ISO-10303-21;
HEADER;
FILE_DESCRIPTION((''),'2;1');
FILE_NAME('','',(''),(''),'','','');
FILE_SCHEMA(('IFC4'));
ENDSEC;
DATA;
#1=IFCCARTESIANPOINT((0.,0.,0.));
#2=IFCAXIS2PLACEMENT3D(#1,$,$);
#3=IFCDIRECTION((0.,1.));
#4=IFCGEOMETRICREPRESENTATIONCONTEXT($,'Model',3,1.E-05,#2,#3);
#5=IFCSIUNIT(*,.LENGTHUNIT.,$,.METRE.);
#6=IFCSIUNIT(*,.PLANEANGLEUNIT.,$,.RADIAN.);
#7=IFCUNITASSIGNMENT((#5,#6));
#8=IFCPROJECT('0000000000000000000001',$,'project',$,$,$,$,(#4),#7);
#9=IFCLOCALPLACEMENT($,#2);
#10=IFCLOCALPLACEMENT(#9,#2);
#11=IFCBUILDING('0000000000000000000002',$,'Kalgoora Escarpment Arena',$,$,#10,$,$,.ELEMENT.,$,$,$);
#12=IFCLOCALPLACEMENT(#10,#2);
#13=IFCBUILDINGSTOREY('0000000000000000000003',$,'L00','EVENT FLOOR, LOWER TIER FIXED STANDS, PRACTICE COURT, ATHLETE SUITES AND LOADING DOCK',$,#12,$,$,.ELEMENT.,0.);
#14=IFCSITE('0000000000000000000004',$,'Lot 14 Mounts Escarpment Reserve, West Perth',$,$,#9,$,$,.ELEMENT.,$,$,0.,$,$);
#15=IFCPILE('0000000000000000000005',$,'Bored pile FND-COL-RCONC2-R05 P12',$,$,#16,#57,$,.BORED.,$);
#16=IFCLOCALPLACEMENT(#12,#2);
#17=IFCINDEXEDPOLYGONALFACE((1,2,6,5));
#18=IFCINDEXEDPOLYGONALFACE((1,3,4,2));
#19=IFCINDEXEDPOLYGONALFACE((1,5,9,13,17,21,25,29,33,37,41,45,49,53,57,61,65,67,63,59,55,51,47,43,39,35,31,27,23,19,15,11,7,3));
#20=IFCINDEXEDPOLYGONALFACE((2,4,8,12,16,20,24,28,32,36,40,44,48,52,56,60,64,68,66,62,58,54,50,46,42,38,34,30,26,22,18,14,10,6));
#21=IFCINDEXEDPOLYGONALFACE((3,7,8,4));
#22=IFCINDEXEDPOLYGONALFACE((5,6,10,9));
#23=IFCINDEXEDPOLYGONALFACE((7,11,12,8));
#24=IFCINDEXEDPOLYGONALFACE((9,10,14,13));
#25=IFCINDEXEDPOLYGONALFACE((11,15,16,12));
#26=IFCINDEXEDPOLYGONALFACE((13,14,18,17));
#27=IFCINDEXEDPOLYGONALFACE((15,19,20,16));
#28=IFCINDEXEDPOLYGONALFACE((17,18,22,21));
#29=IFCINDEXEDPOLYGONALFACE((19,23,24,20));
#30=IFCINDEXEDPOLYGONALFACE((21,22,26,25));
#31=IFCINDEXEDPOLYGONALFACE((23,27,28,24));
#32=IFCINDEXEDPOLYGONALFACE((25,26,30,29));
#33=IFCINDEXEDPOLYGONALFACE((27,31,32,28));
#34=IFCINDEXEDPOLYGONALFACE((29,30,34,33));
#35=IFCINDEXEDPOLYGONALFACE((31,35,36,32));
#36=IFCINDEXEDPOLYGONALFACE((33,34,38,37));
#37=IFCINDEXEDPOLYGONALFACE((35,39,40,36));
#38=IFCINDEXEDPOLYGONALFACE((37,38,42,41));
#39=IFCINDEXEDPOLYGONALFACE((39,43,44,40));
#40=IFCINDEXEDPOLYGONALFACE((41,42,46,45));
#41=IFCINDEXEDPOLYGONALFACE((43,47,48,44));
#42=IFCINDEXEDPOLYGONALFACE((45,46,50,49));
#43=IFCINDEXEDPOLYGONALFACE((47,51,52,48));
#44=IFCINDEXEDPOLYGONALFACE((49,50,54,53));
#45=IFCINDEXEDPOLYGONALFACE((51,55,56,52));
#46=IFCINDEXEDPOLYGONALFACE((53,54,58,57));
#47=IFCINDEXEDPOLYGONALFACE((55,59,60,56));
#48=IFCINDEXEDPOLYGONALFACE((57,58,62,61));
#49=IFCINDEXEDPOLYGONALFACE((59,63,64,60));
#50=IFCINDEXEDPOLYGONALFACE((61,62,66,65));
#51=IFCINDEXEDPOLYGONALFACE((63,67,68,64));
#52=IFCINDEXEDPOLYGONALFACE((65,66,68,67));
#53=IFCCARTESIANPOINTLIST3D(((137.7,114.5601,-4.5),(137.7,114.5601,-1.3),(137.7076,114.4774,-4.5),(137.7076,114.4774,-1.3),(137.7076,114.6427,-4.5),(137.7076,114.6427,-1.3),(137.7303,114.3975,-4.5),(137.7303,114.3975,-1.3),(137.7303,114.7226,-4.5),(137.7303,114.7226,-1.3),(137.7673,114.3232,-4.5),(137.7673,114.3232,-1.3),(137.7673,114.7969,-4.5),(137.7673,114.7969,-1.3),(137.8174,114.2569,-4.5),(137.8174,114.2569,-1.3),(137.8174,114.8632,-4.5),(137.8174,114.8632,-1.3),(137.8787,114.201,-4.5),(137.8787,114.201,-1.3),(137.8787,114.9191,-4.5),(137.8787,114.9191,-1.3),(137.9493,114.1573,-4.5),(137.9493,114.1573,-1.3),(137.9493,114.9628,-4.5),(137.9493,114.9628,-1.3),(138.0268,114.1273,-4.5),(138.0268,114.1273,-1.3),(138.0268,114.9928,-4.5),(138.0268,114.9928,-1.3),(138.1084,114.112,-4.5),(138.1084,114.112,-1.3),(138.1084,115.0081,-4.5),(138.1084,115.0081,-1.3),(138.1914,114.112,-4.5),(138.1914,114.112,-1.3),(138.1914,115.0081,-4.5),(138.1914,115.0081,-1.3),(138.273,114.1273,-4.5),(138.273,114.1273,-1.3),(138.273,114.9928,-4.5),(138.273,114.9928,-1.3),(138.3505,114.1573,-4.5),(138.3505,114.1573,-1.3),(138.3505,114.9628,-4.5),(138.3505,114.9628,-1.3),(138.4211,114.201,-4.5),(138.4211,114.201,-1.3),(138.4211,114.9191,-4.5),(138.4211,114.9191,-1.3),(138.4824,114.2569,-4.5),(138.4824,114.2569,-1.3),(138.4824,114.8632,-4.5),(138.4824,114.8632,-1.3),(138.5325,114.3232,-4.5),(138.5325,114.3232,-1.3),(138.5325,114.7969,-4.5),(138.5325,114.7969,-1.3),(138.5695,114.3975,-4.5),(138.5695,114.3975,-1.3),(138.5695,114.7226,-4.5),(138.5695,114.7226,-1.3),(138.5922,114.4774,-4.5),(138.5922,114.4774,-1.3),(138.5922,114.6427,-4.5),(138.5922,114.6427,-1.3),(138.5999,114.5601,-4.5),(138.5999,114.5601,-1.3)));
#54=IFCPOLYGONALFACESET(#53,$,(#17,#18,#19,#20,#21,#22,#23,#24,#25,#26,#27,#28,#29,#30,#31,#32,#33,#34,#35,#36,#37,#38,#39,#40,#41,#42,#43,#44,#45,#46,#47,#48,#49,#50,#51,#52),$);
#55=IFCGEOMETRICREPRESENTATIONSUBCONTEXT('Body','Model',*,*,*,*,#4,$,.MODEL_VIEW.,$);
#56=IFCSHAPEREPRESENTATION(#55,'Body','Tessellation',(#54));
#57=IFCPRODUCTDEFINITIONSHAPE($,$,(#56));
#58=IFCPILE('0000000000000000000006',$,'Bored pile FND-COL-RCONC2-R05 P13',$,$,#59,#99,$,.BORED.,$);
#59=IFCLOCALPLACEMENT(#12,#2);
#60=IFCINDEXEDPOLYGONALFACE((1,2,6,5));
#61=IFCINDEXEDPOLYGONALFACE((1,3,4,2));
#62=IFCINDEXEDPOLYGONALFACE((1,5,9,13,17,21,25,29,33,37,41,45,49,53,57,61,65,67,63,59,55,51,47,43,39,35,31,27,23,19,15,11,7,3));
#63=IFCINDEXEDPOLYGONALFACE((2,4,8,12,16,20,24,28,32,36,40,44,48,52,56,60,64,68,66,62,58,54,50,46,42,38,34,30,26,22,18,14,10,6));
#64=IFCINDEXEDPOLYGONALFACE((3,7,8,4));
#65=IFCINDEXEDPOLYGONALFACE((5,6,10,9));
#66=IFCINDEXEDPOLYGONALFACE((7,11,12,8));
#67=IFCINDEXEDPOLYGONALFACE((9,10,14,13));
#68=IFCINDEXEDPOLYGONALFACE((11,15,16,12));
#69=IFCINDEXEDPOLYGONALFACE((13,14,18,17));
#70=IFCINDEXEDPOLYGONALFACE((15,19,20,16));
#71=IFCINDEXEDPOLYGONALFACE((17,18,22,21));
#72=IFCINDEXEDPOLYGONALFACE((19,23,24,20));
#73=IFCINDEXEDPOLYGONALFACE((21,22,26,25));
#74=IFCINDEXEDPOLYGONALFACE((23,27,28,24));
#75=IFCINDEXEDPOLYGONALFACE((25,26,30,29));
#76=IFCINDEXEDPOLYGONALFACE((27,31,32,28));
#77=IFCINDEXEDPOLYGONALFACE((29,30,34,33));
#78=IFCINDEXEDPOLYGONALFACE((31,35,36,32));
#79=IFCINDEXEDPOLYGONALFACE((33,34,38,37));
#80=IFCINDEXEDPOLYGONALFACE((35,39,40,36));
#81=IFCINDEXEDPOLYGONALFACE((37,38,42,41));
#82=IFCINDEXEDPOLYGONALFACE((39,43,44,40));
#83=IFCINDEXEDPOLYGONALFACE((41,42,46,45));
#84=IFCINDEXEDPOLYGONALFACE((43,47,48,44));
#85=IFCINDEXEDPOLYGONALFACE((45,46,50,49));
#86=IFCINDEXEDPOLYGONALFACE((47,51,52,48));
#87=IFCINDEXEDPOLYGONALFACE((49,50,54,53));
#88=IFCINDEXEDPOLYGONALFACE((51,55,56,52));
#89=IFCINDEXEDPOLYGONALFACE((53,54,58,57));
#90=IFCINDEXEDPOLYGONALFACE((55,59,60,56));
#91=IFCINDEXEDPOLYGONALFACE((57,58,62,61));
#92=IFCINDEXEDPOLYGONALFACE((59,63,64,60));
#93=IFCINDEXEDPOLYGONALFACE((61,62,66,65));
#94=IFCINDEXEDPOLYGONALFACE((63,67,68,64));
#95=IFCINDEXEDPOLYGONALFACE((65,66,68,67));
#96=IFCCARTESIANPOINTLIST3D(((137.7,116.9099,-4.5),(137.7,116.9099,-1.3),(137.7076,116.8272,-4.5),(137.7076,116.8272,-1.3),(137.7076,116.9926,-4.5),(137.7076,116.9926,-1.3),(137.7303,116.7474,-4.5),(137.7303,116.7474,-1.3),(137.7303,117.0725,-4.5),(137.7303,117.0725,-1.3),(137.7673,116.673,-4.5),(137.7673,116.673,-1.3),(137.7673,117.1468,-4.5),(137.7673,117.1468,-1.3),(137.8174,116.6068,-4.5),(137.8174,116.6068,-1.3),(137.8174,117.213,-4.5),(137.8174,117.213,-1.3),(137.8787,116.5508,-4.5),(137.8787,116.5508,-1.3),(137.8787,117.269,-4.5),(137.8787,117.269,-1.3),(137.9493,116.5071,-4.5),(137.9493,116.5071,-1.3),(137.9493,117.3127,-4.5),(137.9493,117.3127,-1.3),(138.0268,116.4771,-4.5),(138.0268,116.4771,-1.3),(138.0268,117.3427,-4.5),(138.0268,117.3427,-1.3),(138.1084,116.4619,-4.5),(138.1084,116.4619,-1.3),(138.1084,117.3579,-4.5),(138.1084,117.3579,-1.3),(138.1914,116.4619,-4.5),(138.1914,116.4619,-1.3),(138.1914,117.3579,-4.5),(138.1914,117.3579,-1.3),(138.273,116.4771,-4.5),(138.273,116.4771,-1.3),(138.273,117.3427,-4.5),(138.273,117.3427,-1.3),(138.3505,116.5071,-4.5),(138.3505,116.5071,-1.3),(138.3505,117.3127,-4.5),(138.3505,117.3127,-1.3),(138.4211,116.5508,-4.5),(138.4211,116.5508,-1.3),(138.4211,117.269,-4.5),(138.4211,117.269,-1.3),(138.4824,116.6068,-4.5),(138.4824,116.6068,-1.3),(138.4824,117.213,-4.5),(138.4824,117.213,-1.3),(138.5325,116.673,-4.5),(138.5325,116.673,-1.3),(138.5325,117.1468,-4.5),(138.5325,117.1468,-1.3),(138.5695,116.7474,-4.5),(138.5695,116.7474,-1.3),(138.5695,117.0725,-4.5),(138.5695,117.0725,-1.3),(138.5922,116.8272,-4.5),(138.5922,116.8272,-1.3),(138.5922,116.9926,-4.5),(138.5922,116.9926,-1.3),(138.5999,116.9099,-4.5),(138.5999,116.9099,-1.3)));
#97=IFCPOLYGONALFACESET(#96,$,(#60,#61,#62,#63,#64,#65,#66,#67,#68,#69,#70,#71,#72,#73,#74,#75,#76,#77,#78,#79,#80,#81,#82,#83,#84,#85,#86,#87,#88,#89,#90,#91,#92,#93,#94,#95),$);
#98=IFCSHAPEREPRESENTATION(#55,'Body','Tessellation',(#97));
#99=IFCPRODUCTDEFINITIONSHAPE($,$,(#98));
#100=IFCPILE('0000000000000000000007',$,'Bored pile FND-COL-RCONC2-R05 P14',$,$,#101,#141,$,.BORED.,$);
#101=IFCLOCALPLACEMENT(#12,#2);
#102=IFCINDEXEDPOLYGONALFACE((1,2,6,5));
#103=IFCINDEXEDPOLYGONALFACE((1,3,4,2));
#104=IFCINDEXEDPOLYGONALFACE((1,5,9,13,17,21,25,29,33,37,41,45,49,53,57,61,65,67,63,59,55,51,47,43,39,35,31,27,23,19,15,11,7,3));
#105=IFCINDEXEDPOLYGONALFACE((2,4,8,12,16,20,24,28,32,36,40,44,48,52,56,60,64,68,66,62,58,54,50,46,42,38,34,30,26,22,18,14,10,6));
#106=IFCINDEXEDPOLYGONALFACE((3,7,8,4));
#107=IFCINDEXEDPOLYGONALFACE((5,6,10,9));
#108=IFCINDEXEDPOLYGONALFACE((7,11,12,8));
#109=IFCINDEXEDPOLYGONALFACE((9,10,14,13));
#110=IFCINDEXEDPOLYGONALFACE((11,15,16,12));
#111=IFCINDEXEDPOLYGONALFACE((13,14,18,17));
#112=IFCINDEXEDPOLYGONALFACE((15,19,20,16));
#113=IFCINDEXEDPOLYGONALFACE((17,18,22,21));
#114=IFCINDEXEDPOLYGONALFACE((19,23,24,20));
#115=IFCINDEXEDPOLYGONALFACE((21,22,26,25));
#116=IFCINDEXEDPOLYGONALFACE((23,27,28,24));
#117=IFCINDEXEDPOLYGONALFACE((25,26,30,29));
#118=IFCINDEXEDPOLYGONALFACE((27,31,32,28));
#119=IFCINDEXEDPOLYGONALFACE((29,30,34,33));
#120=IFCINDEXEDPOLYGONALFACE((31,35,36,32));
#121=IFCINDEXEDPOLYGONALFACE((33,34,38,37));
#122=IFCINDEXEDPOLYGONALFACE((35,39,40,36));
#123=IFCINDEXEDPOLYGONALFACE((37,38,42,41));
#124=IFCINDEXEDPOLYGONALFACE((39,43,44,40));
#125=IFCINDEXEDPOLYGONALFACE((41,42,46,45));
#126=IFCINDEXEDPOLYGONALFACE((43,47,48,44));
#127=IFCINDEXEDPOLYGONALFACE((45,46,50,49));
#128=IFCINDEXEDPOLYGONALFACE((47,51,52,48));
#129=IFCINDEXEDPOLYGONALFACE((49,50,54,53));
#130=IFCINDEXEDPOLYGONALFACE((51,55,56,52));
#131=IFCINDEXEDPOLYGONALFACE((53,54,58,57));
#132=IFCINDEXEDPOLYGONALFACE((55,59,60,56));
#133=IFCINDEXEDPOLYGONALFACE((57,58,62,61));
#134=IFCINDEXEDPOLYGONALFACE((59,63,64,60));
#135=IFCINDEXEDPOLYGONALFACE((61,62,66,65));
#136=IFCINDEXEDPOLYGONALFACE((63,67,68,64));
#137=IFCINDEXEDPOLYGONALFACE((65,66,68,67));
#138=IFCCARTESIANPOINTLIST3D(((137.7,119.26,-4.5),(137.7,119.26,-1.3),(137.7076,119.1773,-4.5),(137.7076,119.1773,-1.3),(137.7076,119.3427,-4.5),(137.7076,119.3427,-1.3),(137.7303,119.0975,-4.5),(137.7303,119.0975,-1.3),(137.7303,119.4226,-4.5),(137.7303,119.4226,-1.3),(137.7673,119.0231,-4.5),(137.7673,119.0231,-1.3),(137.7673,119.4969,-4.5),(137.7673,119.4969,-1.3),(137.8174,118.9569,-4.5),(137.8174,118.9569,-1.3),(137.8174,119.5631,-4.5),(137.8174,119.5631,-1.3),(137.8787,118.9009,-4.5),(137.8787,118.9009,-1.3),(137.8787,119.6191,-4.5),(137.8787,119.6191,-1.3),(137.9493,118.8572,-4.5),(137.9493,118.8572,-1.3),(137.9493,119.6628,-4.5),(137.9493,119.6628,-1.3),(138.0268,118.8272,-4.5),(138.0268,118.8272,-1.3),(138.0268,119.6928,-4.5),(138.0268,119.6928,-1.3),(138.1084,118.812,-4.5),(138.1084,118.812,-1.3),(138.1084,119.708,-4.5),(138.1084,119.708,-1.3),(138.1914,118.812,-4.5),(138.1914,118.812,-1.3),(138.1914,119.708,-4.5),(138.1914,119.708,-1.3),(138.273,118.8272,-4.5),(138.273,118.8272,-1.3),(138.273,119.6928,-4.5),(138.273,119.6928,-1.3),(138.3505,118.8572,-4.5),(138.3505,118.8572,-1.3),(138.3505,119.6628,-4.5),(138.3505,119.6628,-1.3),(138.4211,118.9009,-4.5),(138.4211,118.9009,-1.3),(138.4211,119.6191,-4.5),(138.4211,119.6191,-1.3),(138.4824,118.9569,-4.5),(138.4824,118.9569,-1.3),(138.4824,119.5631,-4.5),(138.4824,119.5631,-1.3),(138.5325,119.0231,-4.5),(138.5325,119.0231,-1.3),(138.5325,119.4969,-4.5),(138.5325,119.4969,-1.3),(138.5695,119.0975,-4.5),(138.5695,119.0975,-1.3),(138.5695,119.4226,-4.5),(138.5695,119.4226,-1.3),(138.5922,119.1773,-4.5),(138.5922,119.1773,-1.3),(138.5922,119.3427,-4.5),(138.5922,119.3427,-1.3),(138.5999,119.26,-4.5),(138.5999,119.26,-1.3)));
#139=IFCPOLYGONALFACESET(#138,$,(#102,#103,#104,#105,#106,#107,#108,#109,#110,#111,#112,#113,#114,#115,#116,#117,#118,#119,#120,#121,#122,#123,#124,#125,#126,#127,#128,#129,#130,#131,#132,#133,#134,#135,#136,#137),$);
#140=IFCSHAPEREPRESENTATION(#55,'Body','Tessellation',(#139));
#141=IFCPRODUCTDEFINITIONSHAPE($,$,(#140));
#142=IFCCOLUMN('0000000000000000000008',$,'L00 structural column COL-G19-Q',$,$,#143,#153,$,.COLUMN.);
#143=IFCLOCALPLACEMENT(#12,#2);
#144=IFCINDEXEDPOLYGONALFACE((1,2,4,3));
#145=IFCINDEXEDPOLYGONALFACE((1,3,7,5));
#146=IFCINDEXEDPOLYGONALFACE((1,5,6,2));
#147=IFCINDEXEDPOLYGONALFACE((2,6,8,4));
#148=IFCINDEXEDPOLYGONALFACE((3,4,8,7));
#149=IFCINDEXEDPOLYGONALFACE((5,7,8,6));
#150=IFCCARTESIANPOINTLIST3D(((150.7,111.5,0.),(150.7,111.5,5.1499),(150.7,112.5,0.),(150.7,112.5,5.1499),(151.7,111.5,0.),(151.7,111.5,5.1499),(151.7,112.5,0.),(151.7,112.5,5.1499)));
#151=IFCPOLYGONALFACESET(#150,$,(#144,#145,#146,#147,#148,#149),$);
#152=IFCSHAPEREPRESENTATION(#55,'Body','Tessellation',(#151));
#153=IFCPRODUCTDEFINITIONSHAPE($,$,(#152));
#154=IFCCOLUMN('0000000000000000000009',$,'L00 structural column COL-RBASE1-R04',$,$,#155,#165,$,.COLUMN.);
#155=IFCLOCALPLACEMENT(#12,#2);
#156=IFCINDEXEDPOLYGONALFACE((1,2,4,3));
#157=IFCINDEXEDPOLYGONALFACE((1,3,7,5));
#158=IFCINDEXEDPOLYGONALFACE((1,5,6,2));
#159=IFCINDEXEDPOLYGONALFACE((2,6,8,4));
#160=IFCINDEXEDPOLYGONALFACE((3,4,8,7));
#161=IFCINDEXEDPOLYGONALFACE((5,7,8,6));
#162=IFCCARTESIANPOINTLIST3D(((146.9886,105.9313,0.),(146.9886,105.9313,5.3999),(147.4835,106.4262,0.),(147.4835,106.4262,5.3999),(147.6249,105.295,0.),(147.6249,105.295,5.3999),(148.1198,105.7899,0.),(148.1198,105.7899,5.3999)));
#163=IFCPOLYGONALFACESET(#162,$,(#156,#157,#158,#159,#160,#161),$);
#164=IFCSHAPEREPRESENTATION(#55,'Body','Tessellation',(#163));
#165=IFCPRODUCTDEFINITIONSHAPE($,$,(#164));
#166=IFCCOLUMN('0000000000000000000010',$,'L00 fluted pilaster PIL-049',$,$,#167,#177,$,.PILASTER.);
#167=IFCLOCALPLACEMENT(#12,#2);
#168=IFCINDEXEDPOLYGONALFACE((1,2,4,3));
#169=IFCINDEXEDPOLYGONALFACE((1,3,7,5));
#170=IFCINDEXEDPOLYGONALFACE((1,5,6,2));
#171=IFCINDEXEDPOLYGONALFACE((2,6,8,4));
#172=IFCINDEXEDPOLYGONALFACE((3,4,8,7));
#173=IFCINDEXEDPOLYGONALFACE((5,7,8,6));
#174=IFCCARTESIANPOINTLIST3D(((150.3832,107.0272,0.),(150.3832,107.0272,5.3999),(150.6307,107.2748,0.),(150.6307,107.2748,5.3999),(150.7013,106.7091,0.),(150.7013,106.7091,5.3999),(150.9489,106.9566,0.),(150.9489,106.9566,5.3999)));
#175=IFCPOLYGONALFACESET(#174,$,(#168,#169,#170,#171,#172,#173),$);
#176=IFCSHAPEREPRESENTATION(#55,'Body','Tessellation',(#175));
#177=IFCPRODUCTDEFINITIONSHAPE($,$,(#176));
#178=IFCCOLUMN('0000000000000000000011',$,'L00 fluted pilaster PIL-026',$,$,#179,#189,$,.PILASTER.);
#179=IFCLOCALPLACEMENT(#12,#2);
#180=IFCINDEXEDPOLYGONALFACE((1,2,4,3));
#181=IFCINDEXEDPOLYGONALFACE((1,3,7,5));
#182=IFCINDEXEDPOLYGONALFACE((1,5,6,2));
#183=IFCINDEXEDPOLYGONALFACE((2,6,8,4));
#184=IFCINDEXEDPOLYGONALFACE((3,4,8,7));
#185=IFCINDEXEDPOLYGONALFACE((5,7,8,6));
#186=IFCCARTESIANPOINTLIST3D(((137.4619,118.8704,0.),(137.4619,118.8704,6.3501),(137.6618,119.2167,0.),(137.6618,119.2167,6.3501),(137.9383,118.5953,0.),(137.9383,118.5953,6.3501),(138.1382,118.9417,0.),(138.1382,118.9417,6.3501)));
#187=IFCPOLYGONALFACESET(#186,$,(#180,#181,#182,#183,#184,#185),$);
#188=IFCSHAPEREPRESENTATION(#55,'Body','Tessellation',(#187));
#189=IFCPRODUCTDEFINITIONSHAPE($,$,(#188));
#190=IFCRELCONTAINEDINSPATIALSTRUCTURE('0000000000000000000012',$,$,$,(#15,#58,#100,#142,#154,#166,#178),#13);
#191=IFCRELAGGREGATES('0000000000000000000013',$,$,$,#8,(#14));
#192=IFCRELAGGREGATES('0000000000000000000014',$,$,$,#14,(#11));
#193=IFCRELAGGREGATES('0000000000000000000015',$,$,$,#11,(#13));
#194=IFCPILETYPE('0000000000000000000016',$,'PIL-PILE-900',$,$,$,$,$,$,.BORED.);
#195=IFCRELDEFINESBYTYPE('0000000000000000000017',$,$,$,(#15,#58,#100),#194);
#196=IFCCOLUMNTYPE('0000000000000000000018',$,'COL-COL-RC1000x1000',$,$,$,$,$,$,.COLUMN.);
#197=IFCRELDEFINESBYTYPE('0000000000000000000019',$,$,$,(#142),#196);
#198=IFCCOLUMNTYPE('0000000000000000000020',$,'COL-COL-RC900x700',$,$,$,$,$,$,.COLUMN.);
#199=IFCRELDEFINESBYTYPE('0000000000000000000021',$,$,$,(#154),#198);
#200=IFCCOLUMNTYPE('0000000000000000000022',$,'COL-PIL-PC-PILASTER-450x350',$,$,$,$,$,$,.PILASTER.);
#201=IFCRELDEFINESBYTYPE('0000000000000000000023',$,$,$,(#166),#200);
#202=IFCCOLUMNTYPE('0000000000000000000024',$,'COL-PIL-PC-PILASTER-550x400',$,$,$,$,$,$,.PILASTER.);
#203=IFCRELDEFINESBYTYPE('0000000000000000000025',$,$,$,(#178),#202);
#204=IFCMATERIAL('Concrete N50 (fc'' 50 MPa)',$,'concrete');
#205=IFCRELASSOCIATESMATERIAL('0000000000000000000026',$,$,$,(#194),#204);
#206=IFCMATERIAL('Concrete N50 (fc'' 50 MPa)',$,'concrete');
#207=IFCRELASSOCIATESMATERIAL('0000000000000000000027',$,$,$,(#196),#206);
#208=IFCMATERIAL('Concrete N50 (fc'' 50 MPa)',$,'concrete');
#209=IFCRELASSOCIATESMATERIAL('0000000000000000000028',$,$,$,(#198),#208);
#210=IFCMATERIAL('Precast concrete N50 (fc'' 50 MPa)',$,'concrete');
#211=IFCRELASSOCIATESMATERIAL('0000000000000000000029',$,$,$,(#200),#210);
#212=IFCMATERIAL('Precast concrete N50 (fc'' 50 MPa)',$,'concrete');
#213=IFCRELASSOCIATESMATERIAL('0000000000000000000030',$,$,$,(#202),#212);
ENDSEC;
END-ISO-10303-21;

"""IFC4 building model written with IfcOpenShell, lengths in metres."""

from ifc_helpers import new_model, si_unit, direction, frame, origin, origin_2d, place, context, subcontext, project, spatial, rectangle, circle, extrude, material, material_profile, profile_set, type_object, element, save


model = new_model("IFC4")

# Units and contexts
model_context = context("Model", 3, precision=1e-05, world=origin(), true_north=direction((0.0, 1.0)))
body_context = subcontext(model_context, "Body", "Model", "MODEL_VIEW")
ifc_project = project(units=[si_unit("LENGTHUNIT", "METRE"), si_unit("PLANEANGLEUNIT", "RADIAN")], contexts=[model_context])

# Site, building, storey
site_placement = place(None, origin())
site = spatial("IfcSite", under=ifc_project, at=site_placement, Name="Lot 14 Mounts Escarpment Reserve, West Perth", CompositionType="ELEMENT", RefElevation=0.0)
building_placement = place(site_placement, origin())
building = spatial("IfcBuilding", under=site, at=building_placement, Name="Kalgoora Escarpment Arena", CompositionType="ELEMENT")
storey_placement = place(building_placement, origin())
storey = spatial("IfcBuildingStorey", under=building, at=storey_placement, Name="L00", Description="EVENT FLOOR, LOWER TIER FIXED STANDS, PRACTICE COURT, ATHLETE SUITES AND LOADING DOCK", CompositionType="ELEMENT", Elevation=0.0)

# Piles
ifc_material_1 = material(Name="Concrete N50 (fc' 50 MPa)", Category="concrete")
ifc_material_profile_1 = material_profile(ifc_material_1, circle(Radius=0.45, at=origin_2d()))
ifc_profile_set_1 = profile_set([ifc_material_profile_1], Name="Concrete N50 (fc' 50 MPa)")
pile_type_1 = type_object("IfcPileType", Name="PIL-PILE-900", PredefinedType="BORED", material=ifc_profile_set_1)
for number, where, z_axis, x_axis, name in (
    (1, (138.1499, 114.5601, -1.3), (0.0, 0.0, -1.0), (1.0, 0.0, 0.0), "Bored pile FND-COL-RCONC2-R05 P12"),
    (2, (138.1499, 116.9099, -1.3), (0.0, 0.0, -1.0), (1.0, 0.0, 0.0), "Bored pile FND-COL-RCONC2-R05 P13"),
    (3, (138.1499, 119.26, -1.3), (0.0, 0.0, -1.0), (1.0, 0.0, 0.0), "Bored pile FND-COL-RCONC2-R05 P14"),
):
    element("IfcPile", number, at=place(storey_placement, frame(where, z_axis=z_axis, x_axis=x_axis)), inside=storey, type_object=pile_type_1, Name=name, PredefinedType="BORED", context=body_context, shape_type="SweptSolid", body=[
        extrude(circle(Radius=0.45, at=origin_2d()), origin(), (0.0, 0.0, 1.0), 3.2),
    ])

# Columns
ifc_material_2 = material(Name="Concrete N50 (fc' 50 MPa)", Category="concrete")
ifc_material_profile_2 = material_profile(ifc_material_2, rectangle(XDim=1.0, YDim=1.0, at=origin_2d()))
ifc_profile_set_2 = profile_set([ifc_material_profile_2], Name="Concrete N50 (fc' 50 MPa)")
column_type_1 = type_object("IfcColumnType", Name="COL-COL-RC1000x1000", PredefinedType="COLUMN", material=ifc_profile_set_2)
column_1_placement = place(storey_placement, frame((151.2, 112.0, 0.0), z_axis=(0.0, 0.0, 1.0), x_axis=(1.0, 0.0, 0.0)))
element("IfcColumn", 4, at=column_1_placement, inside=storey, type_object=column_type_1, Name="L00 structural column COL-G19-Q", PredefinedType="COLUMN", context=body_context, shape_type="SweptSolid", body=[
    extrude(rectangle(XDim=1.0, YDim=1.0, at=origin_2d()), origin(), (0.0, 0.0, 1.0), 5.1499),
])
ifc_material_3 = material(Name="Concrete N50 (fc' 50 MPa)", Category="concrete")
ifc_material_profile_3 = material_profile(ifc_material_3, rectangle(XDim=0.7, YDim=0.8999, at=origin_2d()))
ifc_profile_set_3 = profile_set([ifc_material_profile_3], Name="Concrete N50 (fc' 50 MPa)")
column_type_2 = type_object("IfcColumnType", Name="COL-COL-RC900x700", PredefinedType="COLUMN", material=ifc_profile_set_3)
column_2_placement = place(storey_placement, frame((147.5542, 105.8606, 0.0), z_axis=(0.0, 0.0, 1.0), x_axis=(0.707107, 0.707107, 0.0)))
element("IfcColumn", 5, at=column_2_placement, inside=storey, type_object=column_type_2, Name="L00 structural column COL-RBASE1-R04", PredefinedType="COLUMN", context=body_context, shape_type="SweptSolid", body=[
    extrude(rectangle(XDim=0.7, YDim=0.8999, at=origin_2d()), origin(), (0.0, 0.0, 1.0), 5.3999),
])
ifc_material_4 = material(Name="Precast concrete N50 (fc' 50 MPa)", Category="concrete")
ifc_material_profile_4 = material_profile(ifc_material_4, rectangle(XDim=0.3501, YDim=0.45, at=origin_2d()))
ifc_profile_set_4 = profile_set([ifc_material_profile_4], Name="Precast concrete N50 (fc' 50 MPa)")
column_type_3 = type_object("IfcColumnType", Name="COL-PIL-PC-PILASTER-450x350", PredefinedType="PILASTER", material=ifc_profile_set_4)
column_3_placement = place(storey_placement, frame((150.666, 106.9919, 0.0), z_axis=(0.0, 0.0, 1.0), x_axis=(0.707107, 0.707107, 0.0)))
element("IfcColumn", 6, at=column_3_placement, inside=storey, type_object=column_type_3, Name="L00 fluted pilaster PIL-049", PredefinedType="PILASTER", context=body_context, shape_type="SweptSolid", body=[
    extrude(rectangle(XDim=0.3501, YDim=0.45, at=origin_2d()), origin(), (0.0, 0.0, 1.0), 5.3999),
])
ifc_material_5 = material(Name="Precast concrete N50 (fc' 50 MPa)", Category="concrete")
ifc_material_profile_5 = material_profile(ifc_material_5, rectangle(XDim=0.3999, YDim=0.55, at=origin_2d()))
ifc_profile_set_5 = profile_set([ifc_material_profile_5], Name="Precast concrete N50 (fc' 50 MPa)")
column_type_4 = type_object("IfcColumnType", Name="COL-PIL-PC-PILASTER-550x400", PredefinedType="PILASTER", material=ifc_profile_set_5)
column_4_placement = place(storey_placement, frame((137.8, 118.906, 0.0), z_axis=(0.0, 0.0, 1.0), x_axis=(0.5, 0.866025, 0.0)))
element("IfcColumn", 7, at=column_4_placement, inside=storey, type_object=column_type_4, Name="L00 fluted pilaster PIL-026", PredefinedType="PILASTER", context=body_context, shape_type="SweptSolid", body=[
    extrude(rectangle(XDim=0.3999, YDim=0.55, at=origin_2d()), origin(), (0.0, 0.0, 1.0), 6.3501),
])

save(model, "model.ifc")
